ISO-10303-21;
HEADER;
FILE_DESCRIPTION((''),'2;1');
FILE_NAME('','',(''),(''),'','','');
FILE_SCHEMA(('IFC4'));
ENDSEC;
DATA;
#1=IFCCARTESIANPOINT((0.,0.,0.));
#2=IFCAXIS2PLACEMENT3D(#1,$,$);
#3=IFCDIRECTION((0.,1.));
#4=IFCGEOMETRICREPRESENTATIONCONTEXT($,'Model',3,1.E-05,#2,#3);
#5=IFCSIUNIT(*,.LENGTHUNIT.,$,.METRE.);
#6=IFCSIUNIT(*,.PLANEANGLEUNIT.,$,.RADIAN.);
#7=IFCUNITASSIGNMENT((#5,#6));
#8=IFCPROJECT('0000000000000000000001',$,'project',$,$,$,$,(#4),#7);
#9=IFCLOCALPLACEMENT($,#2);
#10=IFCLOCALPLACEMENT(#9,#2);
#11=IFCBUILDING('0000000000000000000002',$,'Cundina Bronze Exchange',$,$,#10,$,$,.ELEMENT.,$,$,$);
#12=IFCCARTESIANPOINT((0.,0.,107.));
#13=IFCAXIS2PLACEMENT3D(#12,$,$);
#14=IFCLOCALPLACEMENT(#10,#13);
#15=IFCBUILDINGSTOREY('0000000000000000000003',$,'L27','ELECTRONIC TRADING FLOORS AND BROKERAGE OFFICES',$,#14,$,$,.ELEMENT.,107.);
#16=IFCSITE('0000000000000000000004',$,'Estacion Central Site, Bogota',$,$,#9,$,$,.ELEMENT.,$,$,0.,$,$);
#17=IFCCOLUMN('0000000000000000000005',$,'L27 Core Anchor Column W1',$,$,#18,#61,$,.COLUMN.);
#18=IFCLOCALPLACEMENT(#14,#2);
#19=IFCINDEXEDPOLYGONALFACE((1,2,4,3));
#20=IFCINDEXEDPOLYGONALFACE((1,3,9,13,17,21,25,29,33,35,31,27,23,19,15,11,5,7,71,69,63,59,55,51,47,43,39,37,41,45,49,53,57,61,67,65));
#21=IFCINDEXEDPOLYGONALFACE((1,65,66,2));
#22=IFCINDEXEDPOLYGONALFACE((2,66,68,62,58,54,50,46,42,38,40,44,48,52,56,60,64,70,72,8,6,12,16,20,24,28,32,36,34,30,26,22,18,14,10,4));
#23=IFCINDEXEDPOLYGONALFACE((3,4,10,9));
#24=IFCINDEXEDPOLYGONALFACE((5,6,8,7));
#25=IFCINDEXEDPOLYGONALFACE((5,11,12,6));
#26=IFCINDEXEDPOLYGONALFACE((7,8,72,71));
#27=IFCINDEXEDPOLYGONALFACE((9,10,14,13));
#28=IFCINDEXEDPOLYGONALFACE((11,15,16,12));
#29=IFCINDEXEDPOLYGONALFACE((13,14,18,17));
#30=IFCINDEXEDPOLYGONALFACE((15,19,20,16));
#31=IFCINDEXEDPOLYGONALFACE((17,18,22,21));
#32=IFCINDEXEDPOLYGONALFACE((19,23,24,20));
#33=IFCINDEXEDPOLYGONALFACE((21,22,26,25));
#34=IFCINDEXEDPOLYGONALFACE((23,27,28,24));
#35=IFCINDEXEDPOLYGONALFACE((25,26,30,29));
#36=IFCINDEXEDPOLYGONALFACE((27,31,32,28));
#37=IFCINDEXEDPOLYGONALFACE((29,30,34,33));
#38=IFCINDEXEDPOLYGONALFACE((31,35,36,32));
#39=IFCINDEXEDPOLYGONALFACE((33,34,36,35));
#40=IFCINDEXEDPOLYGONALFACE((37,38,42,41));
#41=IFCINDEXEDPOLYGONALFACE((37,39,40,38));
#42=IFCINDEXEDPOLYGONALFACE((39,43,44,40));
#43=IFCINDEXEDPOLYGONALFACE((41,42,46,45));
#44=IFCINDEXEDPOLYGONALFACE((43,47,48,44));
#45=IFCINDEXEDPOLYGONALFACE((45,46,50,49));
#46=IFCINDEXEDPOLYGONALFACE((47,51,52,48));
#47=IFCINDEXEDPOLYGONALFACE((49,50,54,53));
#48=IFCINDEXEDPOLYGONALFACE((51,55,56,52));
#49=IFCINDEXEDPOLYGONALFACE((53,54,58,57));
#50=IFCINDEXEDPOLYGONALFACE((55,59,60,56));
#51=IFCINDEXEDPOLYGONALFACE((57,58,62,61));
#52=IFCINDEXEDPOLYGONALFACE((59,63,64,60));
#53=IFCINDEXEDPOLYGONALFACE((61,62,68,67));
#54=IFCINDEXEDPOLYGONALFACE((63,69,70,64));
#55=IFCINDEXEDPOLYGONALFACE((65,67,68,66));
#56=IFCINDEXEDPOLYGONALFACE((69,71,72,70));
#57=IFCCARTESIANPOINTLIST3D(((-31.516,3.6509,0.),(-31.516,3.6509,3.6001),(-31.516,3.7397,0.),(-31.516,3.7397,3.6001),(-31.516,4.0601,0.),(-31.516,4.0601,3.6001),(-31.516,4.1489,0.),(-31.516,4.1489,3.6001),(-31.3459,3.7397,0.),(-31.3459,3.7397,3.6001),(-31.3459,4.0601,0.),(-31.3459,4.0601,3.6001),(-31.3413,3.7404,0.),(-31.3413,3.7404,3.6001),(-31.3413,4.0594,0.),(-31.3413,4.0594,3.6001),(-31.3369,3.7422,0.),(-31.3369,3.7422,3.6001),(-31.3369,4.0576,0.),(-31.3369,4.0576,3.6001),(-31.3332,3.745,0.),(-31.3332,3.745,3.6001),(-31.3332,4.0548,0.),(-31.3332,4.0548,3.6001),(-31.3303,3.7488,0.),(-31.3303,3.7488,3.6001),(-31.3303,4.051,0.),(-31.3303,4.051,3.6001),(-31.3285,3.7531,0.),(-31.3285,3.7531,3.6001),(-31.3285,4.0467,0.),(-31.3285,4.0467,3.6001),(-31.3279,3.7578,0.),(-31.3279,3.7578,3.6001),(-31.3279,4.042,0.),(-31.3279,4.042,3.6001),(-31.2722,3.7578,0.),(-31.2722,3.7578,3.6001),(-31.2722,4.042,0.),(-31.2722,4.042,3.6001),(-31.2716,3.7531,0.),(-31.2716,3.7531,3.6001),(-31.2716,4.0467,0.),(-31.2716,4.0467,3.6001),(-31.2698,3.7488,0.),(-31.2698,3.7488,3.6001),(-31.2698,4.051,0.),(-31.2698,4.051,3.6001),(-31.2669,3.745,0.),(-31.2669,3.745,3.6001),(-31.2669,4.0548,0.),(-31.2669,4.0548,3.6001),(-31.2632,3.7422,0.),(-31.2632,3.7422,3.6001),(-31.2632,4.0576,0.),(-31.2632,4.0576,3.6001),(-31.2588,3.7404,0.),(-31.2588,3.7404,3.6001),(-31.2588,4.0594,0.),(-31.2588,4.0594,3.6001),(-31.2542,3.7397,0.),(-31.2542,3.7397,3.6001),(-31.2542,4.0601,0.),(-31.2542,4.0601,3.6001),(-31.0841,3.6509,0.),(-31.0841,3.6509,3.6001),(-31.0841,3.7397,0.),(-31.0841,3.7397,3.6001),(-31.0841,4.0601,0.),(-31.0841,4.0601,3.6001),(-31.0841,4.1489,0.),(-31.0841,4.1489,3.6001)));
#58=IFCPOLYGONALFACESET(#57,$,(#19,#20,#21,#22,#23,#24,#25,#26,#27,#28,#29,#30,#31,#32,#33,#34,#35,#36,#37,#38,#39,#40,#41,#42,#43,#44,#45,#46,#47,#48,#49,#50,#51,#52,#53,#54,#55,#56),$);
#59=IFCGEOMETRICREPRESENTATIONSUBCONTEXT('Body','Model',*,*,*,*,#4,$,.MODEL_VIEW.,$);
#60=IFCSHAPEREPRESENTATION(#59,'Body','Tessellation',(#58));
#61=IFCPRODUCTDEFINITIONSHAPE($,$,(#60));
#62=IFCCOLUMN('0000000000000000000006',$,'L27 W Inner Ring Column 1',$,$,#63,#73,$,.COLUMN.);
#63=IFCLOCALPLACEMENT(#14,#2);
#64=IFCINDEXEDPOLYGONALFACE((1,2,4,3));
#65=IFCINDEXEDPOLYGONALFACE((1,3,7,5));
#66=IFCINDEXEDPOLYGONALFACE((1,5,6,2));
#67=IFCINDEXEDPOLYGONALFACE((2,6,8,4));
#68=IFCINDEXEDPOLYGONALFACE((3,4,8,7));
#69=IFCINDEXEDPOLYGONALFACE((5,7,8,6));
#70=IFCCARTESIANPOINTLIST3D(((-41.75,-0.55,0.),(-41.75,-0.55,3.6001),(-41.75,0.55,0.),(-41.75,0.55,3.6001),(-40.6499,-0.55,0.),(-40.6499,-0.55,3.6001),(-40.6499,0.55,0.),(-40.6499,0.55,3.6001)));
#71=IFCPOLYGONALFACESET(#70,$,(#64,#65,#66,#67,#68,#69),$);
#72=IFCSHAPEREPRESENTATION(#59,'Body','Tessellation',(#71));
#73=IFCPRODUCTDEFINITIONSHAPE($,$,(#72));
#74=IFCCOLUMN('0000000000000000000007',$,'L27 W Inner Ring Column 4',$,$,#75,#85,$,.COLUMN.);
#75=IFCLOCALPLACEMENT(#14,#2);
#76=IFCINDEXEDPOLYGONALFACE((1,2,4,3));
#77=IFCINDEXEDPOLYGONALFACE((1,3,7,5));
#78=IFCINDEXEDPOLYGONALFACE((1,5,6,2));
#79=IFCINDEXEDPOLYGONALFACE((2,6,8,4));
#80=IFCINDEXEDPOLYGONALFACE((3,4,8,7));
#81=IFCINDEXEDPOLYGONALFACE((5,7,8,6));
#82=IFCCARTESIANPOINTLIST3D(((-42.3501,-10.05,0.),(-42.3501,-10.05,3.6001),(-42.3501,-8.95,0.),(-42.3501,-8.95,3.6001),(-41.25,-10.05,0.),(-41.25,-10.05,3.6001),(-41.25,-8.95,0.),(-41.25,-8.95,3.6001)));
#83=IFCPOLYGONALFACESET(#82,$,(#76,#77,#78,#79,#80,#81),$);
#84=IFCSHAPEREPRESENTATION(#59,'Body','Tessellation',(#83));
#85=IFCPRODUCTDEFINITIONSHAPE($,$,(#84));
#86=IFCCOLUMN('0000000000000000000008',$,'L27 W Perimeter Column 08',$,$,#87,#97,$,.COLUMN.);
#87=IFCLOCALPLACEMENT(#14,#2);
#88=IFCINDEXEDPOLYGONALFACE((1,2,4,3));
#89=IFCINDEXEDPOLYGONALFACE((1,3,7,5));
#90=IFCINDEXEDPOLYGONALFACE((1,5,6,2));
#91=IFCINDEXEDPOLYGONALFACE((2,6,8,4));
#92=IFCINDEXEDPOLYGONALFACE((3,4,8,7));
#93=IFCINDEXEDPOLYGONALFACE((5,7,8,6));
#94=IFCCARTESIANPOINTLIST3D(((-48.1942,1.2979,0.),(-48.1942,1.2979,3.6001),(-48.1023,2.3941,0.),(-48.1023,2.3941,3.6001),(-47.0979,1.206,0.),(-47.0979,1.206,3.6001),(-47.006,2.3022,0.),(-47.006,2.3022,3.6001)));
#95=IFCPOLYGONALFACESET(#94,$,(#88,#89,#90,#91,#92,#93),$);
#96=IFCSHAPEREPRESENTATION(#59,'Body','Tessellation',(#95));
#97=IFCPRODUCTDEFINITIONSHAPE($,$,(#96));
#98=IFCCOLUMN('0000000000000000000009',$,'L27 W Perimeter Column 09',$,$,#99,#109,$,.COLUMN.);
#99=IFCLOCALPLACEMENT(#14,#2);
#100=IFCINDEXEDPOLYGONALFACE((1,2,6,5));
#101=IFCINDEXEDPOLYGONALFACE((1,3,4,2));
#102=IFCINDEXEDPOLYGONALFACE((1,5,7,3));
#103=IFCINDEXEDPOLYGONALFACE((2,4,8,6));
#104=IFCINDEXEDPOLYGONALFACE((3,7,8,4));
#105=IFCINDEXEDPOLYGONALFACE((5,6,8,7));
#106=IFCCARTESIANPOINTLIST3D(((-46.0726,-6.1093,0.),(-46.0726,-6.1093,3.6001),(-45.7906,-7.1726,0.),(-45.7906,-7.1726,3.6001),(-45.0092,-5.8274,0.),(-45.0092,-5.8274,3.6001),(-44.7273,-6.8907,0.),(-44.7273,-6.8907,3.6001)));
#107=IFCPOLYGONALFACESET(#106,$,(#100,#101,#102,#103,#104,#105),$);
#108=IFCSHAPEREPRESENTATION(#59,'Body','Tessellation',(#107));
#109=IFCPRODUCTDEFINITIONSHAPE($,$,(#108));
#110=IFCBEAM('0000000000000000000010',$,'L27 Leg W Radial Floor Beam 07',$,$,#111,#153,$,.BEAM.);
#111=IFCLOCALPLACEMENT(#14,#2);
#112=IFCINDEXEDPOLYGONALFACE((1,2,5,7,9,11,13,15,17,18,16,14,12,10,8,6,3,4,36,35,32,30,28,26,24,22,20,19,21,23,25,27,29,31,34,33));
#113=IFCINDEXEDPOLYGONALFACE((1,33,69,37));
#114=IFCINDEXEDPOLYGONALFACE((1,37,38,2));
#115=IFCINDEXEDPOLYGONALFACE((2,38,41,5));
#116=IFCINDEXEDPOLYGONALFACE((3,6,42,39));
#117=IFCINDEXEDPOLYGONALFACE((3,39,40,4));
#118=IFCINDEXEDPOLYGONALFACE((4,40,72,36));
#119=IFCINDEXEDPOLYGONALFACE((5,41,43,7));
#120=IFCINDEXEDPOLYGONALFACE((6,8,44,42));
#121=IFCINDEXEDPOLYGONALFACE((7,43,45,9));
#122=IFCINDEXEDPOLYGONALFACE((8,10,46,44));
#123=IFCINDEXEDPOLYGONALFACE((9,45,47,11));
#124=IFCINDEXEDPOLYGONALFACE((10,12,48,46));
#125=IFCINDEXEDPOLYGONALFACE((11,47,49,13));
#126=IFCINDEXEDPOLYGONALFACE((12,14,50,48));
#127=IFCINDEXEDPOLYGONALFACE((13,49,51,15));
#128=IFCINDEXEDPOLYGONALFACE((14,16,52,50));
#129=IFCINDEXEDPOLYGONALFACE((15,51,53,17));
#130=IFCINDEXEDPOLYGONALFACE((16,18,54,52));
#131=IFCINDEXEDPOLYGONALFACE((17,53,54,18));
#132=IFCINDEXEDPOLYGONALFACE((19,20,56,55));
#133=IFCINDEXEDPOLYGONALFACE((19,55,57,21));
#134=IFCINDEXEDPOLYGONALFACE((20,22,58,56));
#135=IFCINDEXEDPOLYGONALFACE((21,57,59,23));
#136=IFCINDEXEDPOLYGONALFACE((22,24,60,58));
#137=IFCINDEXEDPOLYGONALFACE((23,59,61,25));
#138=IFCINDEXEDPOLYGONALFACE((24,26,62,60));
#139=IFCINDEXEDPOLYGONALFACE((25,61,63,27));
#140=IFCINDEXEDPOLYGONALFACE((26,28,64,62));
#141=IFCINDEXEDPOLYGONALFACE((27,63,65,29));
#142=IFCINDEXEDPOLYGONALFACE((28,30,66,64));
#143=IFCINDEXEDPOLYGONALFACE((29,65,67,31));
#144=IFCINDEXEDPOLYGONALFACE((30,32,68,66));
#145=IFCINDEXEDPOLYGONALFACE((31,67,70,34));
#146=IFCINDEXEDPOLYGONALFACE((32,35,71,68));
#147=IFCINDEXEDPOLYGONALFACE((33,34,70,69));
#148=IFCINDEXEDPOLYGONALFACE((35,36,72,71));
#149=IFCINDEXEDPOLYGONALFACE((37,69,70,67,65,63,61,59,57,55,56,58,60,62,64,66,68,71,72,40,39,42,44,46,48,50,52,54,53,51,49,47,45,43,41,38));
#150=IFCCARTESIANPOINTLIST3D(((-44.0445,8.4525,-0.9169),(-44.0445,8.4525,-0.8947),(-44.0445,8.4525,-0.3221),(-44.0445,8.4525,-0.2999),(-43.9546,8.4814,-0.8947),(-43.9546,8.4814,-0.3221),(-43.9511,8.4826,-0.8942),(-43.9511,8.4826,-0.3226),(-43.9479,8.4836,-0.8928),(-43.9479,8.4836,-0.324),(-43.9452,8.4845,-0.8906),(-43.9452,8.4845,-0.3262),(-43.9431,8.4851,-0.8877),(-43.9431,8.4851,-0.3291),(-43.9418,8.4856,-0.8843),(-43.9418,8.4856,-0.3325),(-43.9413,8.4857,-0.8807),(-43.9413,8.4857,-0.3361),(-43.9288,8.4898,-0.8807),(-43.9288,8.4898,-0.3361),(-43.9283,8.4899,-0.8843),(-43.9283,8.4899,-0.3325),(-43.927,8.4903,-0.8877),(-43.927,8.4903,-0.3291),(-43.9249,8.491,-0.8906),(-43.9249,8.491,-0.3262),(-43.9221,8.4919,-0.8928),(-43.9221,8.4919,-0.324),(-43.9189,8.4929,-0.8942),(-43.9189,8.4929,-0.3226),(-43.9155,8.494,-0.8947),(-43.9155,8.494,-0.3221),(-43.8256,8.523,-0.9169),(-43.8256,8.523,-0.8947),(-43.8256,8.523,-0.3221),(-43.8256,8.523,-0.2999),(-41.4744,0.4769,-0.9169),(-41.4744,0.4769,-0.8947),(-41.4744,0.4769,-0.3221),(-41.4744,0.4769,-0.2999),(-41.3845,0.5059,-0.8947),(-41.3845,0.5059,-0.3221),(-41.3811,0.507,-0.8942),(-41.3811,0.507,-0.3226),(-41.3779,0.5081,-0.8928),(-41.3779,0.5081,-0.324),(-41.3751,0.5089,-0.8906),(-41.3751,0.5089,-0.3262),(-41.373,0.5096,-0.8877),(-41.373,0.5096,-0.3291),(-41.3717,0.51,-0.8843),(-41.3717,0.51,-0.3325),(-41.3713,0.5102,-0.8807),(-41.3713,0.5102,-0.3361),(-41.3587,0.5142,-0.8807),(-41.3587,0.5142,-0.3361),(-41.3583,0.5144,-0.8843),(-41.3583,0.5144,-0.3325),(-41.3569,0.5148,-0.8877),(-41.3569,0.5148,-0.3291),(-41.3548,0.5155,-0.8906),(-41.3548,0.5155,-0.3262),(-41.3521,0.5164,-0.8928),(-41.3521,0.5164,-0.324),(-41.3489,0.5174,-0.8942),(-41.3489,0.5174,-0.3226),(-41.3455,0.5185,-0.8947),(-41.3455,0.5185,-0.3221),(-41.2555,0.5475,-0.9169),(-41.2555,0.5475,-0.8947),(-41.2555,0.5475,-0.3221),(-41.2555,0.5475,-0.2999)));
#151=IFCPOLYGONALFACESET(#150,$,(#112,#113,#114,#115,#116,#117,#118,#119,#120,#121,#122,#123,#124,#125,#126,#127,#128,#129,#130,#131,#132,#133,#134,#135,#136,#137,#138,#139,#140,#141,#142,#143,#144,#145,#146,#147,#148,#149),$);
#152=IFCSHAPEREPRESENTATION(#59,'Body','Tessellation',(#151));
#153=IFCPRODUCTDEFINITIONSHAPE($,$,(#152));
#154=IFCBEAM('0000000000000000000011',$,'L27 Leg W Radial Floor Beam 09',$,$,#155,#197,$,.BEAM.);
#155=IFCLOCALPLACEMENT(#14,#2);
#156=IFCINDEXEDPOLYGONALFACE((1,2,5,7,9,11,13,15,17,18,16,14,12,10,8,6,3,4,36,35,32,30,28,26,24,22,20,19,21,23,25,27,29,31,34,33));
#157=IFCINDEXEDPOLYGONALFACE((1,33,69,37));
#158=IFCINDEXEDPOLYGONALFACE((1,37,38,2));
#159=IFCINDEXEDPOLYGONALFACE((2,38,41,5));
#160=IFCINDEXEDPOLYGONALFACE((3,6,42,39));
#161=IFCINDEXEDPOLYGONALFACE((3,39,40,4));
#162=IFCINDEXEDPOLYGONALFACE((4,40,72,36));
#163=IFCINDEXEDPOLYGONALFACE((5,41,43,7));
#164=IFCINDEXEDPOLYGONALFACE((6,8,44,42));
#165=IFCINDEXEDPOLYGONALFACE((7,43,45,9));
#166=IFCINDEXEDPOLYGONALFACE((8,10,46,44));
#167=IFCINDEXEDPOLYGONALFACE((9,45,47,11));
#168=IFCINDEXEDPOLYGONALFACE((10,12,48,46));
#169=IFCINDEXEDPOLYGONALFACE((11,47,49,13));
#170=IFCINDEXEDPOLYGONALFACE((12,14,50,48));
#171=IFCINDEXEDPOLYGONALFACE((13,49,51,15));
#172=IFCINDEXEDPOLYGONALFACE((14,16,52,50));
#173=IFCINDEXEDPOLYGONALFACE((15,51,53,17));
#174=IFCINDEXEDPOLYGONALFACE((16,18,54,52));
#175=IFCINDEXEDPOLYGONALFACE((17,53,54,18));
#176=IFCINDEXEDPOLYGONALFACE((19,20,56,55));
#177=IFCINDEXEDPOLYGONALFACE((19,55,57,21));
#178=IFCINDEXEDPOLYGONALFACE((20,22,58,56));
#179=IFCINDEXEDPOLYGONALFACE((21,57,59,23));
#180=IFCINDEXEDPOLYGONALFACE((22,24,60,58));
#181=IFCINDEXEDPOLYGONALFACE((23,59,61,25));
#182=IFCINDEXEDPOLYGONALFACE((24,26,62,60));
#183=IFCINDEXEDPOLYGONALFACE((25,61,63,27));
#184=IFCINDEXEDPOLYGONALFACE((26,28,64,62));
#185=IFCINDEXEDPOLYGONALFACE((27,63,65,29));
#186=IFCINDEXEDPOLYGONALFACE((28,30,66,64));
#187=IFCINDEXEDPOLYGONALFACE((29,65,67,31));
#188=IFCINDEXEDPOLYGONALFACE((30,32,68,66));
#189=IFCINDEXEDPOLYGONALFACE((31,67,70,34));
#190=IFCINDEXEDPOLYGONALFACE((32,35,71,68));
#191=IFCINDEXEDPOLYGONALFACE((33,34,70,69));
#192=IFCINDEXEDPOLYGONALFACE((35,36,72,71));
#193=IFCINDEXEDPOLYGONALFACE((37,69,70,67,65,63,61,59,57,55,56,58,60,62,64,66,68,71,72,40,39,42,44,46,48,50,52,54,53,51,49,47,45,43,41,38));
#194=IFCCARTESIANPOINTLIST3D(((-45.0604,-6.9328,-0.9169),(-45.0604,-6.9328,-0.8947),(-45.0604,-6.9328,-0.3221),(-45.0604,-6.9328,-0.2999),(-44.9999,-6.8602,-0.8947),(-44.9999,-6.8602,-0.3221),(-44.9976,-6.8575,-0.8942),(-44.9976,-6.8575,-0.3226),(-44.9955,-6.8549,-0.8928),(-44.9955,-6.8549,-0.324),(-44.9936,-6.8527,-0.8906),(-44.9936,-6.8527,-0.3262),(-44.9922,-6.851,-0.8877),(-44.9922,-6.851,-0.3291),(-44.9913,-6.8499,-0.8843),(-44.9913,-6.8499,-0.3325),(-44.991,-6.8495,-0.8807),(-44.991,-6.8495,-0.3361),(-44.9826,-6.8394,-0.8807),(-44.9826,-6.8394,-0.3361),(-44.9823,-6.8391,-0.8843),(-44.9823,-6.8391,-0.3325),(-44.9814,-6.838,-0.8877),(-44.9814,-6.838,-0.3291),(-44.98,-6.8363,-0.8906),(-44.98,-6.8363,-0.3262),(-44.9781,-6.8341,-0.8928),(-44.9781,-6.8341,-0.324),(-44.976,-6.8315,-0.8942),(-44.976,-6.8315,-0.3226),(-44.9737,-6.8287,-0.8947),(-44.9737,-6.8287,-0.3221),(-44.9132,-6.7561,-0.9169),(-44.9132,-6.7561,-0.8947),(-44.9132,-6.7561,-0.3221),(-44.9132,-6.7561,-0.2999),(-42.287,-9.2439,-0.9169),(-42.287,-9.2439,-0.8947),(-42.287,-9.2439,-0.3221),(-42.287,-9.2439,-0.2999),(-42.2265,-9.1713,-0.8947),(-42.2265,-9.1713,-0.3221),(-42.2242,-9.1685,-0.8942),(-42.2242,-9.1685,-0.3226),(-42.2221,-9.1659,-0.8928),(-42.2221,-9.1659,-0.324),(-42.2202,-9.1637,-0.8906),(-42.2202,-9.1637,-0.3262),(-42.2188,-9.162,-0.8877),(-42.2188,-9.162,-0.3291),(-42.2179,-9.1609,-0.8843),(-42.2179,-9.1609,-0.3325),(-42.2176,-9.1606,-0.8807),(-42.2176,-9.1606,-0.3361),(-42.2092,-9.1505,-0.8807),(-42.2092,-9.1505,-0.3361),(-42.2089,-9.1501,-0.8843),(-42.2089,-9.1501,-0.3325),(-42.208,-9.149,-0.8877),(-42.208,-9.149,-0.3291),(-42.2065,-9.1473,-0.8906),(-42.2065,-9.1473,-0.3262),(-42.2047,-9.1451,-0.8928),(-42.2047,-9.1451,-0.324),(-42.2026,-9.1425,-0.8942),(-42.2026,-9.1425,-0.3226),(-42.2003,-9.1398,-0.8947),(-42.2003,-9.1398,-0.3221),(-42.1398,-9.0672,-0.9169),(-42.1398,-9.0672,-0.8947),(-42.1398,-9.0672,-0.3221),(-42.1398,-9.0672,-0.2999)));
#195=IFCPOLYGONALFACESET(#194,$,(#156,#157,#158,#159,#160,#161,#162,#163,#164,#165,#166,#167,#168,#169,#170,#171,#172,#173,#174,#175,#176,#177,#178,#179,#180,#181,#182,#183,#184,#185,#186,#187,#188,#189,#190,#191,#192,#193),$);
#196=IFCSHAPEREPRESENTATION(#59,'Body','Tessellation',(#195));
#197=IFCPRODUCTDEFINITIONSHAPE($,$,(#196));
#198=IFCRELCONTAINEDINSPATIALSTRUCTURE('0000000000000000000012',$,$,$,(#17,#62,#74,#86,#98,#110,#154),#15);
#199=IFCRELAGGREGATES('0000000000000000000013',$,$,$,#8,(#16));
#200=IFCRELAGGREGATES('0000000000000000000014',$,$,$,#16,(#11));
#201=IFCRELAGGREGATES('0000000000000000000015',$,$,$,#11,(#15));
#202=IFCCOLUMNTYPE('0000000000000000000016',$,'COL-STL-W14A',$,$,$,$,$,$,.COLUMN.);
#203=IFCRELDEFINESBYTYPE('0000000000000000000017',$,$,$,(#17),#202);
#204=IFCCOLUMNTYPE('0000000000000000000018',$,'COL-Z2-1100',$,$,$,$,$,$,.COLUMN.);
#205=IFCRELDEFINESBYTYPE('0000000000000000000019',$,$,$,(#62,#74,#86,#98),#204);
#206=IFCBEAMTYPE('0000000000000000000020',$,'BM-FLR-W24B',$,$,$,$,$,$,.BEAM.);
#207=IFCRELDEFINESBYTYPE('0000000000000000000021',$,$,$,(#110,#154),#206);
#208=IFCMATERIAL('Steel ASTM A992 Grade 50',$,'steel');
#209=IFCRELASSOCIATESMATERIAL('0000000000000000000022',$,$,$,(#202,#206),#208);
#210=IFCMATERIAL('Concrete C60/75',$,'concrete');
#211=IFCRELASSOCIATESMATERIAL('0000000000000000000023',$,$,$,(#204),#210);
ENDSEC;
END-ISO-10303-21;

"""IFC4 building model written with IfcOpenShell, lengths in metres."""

from ifc_helpers import new_model, si_unit, direction, frame, origin, origin_2d, place, context, subcontext, project, spatial, rectangle, i_section, extrude, material, material_profile, profile_set, type_object, element, save


model = new_model("IFC4")

# Units and contexts
model_context = context("Model", 3, precision=1e-05, world=origin(), true_north=direction((0.0, 1.0)))
body_context = subcontext(model_context, "Body", "Model", "MODEL_VIEW")
ifc_project = project(units=[si_unit("LENGTHUNIT", "METRE"), si_unit("PLANEANGLEUNIT", "RADIAN")], contexts=[model_context])

# Site, building, storey
site_placement = place(None, origin())
site = spatial("IfcSite", under=ifc_project, at=site_placement, Name="Estacion Central Site, Bogota", CompositionType="ELEMENT", RefElevation=0.0)
building_placement = place(site_placement, origin())
building = spatial("IfcBuilding", under=site, at=building_placement, Name="Cundina Bronze Exchange", CompositionType="ELEMENT")
storey_placement = place(building_placement, frame((0.0, 0.0, 107.0)))
storey = spatial("IfcBuildingStorey", under=building, at=storey_placement, Name="L27", Description="ELECTRONIC TRADING FLOORS AND BROKERAGE OFFICES", CompositionType="ELEMENT", Elevation=107.0)

# Columns
ifc_material_1 = material(Name="Steel ASTM A992 Grade 50", Category="steel")
ifc_material_profile_1 = material_profile(ifc_material_1, i_section(OverallWidth=0.4319, OverallDepth=0.498, WebThickness=0.0557, FlangeThickness=0.0889, FilletRadius=0.0181, at=origin_2d()), Name="W14X500", Category="steel")
ifc_profile_set_1 = profile_set([ifc_material_profile_1], Name="Steel ASTM A992 Grade 50")
column_type_1 = type_object("IfcColumnType", Name="COL-STL-W14A", PredefinedType="COLUMN", material=ifc_profile_set_1)
column_placement = place(storey_placement, frame((-31.3, 3.8999, 0.0), z_axis=(0.0, 0.0, 1.0), x_axis=(1.0, 0.0, 0.0)))
element("IfcColumn", 1, at=column_placement, inside=storey, type_object=column_type_1, Name="L27 Core Anchor Column W1", PredefinedType="COLUMN", context=body_context, shape_type="SweptSolid", body=[
    extrude(i_section(OverallWidth=0.4319, OverallDepth=0.498, WebThickness=0.0557, FlangeThickness=0.0889, FilletRadius=0.0181, at=origin_2d()), origin(), (0.0, 0.0, 1.0), 3.6001),
])
ifc_material_2 = material(Name="Concrete C60/75", Category="concrete")
ifc_material_profile_2 = material_profile(ifc_material_2, rectangle(XDim=1.1001, YDim=1.1001, at=origin_2d()), Name="RC1100X1100", Category="concrete")
ifc_profile_set_2 = profile_set([ifc_material_profile_2], Name="Concrete C60/75")
column_type_2 = type_object("IfcColumnType", Name="COL-Z2-1100", PredefinedType="COLUMN", material=ifc_profile_set_2)
for number, where, z_axis, x_axis, name in (
    (2, (-41.2, 0.0, 0.0), (0.0, 0.0, 1.0), (1.0, 0.0, 0.0), "L27 W Inner Ring Column 1"),
    (3, (-41.8, -9.5, 0.0), (0.0, 0.0, 1.0), (1.0, 0.0, 0.0), "L27 W Inner Ring Column 4"),
    (4, (-47.6001, 1.8, 0.0), (0.0, 0.0, 1.0), (-0.083504, -0.996507, 0.0), "L27 W Perimeter Column 08"),
    (5, (-45.3999, -6.5, 0.0), (0.0, 0.0, 1.0), (0.256289, -0.9666, 0.0), "L27 W Perimeter Column 09"),
):
    element("IfcColumn", number, at=place(storey_placement, frame(where, z_axis=z_axis, x_axis=x_axis)), inside=storey, type_object=column_type_2, Name=name, PredefinedType="COLUMN", context=body_context, shape_type="SweptSolid", body=[
        extrude(rectangle(XDim=1.1001, YDim=1.1001, at=origin_2d()), origin(), (0.0, 0.0, 1.0), 3.6001),
    ])

# Beams
ifc_material_profile_3 = material_profile(ifc_material_1, i_section(OverallWidth=0.23, OverallDepth=0.6169, WebThickness=0.0132, FlangeThickness=0.0222, FilletRadius=0.0139, at=origin_2d()), Name="W24X94", Category="steel")
ifc_profile_set_3 = profile_set([ifc_material_profile_3], Name="Steel ASTM A992 Grade 50")
beam_type_1 = type_object("IfcBeamType", Name="BM-FLR-W24B", PredefinedType="BEAM", material=ifc_profile_set_3)
beam_1_placement = place(storey_placement, frame((-41.365, 0.5122, -0.6084), z_axis=(-0.306711, 0.951803, 0.0), x_axis=(-0.951803, -0.306711, 0.0)))
element("IfcBeam", 6, at=beam_1_placement, inside=storey, type_object=beam_type_1, Name="L27 Leg W Radial Floor Beam 07", PredefinedType="BEAM", context=body_context, shape_type="SweptSolid", body=[
    extrude(i_section(OverallWidth=0.23, OverallDepth=0.6169, WebThickness=0.0132, FlangeThickness=0.0222, FilletRadius=0.0139, at=origin_2d()), origin(), (0.0, 0.0, 1.0), 8.3794),
])
beam_2_placement = place(storey_placement, frame((-42.2134, -9.1555, -0.6084), z_axis=(-0.768243, 0.640158, 0.0), x_axis=(-0.640158, -0.768243, 0.0)))
element("IfcBeam", 7, at=beam_2_placement, inside=storey, type_object=beam_type_1, Name="L27 Leg W Radial Floor Beam 09", PredefinedType="BEAM", context=body_context, shape_type="SweptSolid", body=[
    extrude(i_section(OverallWidth=0.23, OverallDepth=0.6169, WebThickness=0.0132, FlangeThickness=0.0222, FilletRadius=0.0139, at=origin_2d()), origin(), (0.0, 0.0, 1.0), 3.6101),
])

save(model, "model.ifc")
